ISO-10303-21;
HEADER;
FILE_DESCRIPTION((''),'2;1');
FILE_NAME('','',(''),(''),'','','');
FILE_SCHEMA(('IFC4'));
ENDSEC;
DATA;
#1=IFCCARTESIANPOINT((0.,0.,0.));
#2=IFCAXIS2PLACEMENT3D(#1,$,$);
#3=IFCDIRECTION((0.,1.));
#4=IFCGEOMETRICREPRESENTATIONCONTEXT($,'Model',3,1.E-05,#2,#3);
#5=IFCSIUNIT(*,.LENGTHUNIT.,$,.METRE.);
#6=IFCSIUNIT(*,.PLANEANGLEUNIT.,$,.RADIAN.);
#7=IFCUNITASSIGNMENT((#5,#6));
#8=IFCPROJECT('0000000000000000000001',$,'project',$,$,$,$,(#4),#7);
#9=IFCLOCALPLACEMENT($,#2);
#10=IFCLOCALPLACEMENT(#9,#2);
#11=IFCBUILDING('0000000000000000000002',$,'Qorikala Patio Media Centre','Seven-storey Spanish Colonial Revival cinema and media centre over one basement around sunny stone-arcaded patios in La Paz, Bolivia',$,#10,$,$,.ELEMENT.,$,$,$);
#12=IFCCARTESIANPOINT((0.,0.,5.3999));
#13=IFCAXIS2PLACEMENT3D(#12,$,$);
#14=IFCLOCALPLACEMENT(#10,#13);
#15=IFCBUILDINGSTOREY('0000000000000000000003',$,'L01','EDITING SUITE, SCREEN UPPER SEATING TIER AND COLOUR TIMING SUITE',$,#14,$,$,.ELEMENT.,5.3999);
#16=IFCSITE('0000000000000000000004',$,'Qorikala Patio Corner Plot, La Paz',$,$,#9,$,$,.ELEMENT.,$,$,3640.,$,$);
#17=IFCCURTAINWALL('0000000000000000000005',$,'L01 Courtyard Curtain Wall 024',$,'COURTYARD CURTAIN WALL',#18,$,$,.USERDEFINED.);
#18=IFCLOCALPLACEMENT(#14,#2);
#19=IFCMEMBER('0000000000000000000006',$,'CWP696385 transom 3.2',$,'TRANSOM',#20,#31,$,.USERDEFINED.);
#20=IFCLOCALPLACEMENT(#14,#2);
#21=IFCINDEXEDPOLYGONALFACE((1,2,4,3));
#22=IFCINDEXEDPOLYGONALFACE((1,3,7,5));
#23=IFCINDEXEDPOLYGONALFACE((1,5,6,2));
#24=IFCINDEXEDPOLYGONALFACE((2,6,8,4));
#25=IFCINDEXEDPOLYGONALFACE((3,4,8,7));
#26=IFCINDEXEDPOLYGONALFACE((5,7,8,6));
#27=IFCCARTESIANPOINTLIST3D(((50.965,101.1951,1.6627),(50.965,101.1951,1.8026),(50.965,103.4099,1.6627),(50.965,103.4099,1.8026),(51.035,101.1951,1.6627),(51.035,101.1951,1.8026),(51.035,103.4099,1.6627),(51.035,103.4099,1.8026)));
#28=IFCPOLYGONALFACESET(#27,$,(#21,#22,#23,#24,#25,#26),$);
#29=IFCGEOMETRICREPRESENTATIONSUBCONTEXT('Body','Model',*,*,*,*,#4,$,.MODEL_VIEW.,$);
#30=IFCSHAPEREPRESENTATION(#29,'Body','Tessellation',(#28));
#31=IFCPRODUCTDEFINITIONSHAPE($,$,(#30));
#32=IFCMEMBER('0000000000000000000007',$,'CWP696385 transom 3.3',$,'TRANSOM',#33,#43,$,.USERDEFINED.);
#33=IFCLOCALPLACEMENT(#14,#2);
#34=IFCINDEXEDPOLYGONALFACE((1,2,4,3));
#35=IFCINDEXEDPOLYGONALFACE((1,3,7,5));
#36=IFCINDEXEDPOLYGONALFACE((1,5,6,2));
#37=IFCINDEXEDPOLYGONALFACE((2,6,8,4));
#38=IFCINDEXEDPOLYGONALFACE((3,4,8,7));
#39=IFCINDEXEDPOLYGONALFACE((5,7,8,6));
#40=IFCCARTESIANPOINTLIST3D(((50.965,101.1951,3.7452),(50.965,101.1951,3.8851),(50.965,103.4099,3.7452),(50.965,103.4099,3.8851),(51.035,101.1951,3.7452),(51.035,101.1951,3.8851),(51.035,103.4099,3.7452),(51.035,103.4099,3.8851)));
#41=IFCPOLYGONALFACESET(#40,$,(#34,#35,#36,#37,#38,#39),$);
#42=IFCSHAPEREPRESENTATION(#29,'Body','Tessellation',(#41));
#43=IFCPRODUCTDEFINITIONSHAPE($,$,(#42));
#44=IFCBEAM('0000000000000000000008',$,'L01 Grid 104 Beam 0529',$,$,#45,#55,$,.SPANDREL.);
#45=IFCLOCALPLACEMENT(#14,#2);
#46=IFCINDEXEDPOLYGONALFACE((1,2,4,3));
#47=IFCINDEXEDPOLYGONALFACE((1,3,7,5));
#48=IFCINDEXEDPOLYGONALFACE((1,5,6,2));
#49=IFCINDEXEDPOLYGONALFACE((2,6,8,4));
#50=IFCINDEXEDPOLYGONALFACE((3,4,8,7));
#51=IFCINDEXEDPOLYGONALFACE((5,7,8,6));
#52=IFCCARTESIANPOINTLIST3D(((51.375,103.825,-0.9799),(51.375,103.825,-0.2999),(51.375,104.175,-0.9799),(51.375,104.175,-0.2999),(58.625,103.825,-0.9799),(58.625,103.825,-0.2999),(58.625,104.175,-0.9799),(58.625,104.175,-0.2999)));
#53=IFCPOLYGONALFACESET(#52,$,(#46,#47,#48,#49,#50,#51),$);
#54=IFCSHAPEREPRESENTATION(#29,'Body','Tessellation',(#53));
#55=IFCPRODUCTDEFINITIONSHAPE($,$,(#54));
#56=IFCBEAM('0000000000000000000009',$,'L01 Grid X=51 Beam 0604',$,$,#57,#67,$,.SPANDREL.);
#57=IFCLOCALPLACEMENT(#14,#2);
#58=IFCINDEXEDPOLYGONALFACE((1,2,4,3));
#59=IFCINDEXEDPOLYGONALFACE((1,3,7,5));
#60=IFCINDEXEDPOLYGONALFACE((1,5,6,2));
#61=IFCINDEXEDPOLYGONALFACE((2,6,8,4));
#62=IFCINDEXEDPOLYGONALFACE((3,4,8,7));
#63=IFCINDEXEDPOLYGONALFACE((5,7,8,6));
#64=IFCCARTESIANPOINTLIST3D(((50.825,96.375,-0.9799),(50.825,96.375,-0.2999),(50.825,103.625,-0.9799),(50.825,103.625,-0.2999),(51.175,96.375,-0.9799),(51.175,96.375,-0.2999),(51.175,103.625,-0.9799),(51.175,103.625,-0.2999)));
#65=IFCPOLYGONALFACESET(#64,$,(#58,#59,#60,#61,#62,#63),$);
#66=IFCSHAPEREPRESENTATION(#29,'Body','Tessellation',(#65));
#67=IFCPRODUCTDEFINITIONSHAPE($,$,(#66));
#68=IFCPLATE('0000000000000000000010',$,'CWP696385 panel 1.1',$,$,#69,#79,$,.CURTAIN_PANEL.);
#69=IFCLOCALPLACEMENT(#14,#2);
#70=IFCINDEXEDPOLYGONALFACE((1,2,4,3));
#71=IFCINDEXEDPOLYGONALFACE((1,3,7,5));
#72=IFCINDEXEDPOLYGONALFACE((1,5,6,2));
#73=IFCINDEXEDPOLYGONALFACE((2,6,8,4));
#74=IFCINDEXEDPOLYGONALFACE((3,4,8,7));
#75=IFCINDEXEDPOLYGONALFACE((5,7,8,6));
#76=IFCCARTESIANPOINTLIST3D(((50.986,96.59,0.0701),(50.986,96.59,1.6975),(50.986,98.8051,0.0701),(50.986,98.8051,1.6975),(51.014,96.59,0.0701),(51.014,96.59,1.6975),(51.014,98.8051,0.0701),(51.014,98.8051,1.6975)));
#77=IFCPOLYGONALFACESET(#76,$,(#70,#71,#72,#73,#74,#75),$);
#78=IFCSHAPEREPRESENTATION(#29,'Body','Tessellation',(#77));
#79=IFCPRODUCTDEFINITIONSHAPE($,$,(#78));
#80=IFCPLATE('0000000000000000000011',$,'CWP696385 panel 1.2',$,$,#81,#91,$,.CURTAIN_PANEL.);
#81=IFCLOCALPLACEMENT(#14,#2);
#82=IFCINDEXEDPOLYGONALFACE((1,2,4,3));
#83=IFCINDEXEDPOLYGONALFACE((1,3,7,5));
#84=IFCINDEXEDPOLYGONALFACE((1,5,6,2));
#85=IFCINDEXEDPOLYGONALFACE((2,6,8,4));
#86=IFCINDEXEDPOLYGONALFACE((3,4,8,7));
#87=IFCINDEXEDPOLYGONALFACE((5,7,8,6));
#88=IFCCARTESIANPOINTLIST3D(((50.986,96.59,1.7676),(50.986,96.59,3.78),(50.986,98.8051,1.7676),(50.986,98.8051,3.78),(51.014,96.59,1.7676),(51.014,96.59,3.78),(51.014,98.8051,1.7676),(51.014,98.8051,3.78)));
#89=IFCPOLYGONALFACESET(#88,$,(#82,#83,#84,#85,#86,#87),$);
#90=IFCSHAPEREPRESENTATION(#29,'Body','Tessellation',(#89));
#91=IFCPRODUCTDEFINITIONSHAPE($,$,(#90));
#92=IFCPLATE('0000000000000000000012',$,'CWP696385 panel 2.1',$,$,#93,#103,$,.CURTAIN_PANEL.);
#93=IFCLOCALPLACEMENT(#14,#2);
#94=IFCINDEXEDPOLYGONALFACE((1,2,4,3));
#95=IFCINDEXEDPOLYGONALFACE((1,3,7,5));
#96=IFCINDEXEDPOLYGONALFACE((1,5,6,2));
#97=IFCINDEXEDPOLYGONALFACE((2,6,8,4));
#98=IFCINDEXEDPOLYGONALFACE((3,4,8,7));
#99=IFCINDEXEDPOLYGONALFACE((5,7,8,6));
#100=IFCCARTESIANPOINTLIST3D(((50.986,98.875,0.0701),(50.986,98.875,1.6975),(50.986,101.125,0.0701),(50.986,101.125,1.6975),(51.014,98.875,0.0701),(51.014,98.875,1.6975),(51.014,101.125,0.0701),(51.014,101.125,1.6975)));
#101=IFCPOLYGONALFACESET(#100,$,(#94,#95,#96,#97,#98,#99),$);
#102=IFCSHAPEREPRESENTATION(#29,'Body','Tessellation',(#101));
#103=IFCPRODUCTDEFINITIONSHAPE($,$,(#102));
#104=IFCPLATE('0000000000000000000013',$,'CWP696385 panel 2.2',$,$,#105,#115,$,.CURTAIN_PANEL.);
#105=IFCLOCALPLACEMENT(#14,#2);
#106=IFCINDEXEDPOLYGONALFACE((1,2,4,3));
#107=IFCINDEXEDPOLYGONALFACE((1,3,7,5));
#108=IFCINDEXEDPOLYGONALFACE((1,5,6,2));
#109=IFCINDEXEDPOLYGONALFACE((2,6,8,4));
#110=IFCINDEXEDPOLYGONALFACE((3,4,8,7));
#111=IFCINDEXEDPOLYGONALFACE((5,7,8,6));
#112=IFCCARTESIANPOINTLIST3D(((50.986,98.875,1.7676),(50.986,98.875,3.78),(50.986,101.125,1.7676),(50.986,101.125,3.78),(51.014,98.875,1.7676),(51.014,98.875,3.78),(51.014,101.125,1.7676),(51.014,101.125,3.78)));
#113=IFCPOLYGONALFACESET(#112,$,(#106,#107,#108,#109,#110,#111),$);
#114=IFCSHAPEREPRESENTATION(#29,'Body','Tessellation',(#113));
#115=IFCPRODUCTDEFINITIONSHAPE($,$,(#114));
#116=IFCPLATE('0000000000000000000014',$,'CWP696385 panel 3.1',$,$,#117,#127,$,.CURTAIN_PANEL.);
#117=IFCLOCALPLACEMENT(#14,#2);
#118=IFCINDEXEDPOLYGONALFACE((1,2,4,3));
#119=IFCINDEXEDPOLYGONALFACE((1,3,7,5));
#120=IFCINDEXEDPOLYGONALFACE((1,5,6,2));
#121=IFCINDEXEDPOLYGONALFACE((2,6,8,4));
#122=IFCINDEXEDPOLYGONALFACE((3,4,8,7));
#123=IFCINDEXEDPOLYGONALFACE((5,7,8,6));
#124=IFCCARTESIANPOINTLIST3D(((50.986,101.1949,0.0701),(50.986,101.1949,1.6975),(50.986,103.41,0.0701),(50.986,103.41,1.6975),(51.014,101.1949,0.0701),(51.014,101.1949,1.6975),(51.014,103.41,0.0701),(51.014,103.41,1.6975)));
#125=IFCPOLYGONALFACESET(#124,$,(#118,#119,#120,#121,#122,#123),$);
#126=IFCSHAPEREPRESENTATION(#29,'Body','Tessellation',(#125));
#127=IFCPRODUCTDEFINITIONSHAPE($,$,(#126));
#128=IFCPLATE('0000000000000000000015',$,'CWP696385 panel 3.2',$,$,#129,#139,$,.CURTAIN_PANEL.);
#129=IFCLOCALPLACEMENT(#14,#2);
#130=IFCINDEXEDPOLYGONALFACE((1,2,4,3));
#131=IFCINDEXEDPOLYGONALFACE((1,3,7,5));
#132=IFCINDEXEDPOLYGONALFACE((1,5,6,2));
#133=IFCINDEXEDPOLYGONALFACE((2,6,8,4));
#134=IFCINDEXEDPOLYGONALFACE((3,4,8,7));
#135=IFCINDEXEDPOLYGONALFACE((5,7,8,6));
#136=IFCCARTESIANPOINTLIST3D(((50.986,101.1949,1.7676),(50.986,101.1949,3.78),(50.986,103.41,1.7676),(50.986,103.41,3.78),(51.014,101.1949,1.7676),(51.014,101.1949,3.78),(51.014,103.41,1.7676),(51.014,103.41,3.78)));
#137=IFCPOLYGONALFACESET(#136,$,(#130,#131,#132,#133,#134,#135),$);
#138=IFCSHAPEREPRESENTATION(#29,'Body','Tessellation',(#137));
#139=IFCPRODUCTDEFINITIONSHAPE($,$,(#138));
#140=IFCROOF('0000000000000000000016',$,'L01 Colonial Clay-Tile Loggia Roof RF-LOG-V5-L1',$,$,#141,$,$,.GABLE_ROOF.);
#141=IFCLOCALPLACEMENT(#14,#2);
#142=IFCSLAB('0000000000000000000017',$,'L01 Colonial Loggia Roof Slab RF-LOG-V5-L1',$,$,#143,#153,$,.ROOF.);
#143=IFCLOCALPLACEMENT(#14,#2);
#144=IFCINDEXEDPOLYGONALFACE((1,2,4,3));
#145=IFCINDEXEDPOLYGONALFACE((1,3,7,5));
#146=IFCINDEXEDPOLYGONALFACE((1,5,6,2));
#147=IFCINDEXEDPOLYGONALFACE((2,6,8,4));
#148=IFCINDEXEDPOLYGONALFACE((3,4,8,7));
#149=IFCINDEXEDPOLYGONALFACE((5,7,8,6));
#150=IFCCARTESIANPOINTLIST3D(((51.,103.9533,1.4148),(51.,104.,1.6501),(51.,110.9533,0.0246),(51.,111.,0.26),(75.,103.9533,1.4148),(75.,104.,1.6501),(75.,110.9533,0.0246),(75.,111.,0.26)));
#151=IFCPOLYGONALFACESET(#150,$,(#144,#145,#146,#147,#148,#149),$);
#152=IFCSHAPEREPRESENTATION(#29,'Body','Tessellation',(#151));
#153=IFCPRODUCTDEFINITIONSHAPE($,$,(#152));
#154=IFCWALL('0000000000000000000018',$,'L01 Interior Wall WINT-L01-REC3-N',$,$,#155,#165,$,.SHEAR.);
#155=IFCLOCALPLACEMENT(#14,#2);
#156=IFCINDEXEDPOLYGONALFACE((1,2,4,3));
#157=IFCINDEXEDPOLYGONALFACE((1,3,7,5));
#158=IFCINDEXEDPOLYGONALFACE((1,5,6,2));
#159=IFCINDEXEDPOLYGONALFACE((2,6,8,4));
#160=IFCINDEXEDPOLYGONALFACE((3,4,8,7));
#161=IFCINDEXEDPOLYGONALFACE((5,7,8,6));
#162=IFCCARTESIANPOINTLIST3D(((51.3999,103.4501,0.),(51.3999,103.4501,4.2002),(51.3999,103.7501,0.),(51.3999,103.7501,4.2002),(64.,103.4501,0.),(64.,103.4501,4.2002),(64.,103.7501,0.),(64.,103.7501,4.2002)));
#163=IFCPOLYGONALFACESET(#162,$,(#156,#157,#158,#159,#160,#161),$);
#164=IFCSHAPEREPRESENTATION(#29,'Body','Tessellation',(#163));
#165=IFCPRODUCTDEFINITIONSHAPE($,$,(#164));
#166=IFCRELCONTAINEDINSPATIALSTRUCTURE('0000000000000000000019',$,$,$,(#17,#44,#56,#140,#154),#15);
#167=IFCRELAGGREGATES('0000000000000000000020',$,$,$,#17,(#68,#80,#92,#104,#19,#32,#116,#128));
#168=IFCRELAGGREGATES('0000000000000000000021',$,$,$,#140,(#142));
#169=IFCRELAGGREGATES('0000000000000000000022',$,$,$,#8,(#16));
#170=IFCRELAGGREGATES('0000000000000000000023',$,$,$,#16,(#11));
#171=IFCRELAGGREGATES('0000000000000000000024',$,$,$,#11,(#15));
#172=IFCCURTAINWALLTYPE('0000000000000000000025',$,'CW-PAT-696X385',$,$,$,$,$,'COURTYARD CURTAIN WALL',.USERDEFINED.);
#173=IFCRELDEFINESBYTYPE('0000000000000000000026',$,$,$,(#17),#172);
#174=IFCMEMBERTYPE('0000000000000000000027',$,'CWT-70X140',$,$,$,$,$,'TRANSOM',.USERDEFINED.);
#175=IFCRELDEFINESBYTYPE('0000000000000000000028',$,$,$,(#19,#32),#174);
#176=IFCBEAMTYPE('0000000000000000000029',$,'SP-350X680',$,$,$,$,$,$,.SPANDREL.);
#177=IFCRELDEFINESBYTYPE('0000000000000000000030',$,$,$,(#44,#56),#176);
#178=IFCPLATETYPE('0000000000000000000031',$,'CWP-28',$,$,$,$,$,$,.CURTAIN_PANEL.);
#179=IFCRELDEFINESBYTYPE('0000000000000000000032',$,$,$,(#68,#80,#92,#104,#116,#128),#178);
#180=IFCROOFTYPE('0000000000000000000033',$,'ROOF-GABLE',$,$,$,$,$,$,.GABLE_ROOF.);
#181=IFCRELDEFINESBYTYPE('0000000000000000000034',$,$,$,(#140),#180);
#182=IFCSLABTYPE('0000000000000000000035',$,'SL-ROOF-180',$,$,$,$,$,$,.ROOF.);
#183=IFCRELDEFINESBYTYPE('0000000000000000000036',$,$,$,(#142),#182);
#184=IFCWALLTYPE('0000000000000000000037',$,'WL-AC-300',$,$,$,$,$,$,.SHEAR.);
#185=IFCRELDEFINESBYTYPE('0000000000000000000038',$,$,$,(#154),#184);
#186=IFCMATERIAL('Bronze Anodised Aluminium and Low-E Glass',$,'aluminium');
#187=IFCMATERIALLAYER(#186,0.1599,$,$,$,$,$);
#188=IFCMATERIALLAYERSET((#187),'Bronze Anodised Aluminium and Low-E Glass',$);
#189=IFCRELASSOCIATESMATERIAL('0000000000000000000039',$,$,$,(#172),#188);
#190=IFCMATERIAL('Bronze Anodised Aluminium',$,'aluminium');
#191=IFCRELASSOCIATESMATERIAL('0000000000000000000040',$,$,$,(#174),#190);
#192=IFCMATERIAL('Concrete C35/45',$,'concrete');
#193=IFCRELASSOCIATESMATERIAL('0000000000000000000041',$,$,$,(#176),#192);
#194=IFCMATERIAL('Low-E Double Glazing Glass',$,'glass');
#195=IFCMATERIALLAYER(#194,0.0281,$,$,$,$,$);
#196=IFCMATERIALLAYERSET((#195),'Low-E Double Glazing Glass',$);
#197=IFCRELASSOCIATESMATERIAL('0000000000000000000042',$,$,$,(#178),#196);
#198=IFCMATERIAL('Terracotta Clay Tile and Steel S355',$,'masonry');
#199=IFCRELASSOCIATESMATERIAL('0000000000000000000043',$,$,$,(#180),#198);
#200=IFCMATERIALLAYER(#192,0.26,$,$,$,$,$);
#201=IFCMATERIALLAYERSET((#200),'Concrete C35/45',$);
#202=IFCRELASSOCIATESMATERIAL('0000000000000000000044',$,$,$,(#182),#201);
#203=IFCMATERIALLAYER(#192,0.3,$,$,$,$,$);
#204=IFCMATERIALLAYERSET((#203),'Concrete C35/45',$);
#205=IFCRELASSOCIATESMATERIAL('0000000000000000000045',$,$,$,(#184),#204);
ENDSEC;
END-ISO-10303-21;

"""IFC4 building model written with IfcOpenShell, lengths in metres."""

from ifc_helpers import new_model, si_unit, direction, frame, frame_2d, origin, origin_2d, place, context, subcontext, project, spatial, polyline, rectangle, outline, extrude, material, layer, layer_set, material_profile, profile_set, type_object, element, aggregate, save


model = new_model("IFC4")

# Units and contexts
model_context = context("Model", 3, precision=1e-05, world=origin(), true_north=direction((0.0, 1.0)))
body_context = subcontext(model_context, "Body", "Model", "MODEL_VIEW")
ifc_project = project(units=[si_unit("LENGTHUNIT", "METRE"), si_unit("PLANEANGLEUNIT", "RADIAN")], contexts=[model_context])

# Site, building, storey
site_placement = place(None, origin())
site = spatial("IfcSite", under=ifc_project, at=site_placement, Name="Qorikala Patio Corner Plot, La Paz", CompositionType="ELEMENT", RefElevation=3640.0)
building_placement = place(site_placement, origin())
building = spatial("IfcBuilding", under=site, at=building_placement, Name="Qorikala Patio Media Centre", Description="Seven-storey Spanish Colonial Revival cinema and media centre over one basement around sunny stone-arcaded patios in La Paz, Bolivia", CompositionType="ELEMENT")
storey_placement = place(building_placement, frame((0.0, 0.0, 5.3999)))
storey = spatial("IfcBuildingStorey", under=building, at=storey_placement, Name="L01", Description="EDITING SUITE, SCREEN UPPER SEATING TIER AND COLOUR TIMING SUITE", CompositionType="ELEMENT", Elevation=5.3999)

# Shared definitions
ifc_material_1 = material(Name="Concrete C35/45", Category="concrete")

# Curtain wall, members
ifc_material_2 = material(Name="Bronze Anodised Aluminium and Low-E Glass", Category="aluminium")
ifc_layer_1 = layer(ifc_material_2, 0.1599)
ifc_layer_set_1 = layer_set([ifc_layer_1], Name="Bronze Anodised Aluminium and Low-E Glass")
curtain_wall_type = type_object("IfcCurtainWallType", Name="CW-PAT-696X385", ElementType="COURTYARD CURTAIN WALL", PredefinedType="USERDEFINED", material=ifc_layer_set_1)
curtain_wall_placement = place(storey_placement, origin())
curtain_wall = element("IfcCurtainWall", 1, at=curtain_wall_placement, inside=storey, type_object=curtain_wall_type, Name="L01 Courtyard Curtain Wall 024", ObjectType="COURTYARD CURTAIN WALL", PredefinedType="USERDEFINED")
ifc_material_3 = material(Name="Bronze Anodised Aluminium", Category="aluminium")
ifc_material_profile_1 = material_profile(ifc_material_3, rectangle(XDim=0.0701, YDim=0.1399, at=origin_2d()), Name="ALU TRANSOM 70x140")
ifc_profile_set_1 = profile_set([ifc_material_profile_1], Name="Bronze Anodised Aluminium")
member_type_1 = type_object("IfcMemberType", Name="CWT-70X140", ElementType="TRANSOM", PredefinedType="USERDEFINED", material=ifc_profile_set_1)
member_1_placement = place(storey_placement, frame((51.0, 101.1951, 1.7327), z_axis=(0.0, 1.0, 0.0), x_axis=(-1.0, 0.0, 0.0)))
member_1 = element("IfcMember", 2, at=member_1_placement, type_object=member_type_1, Name="CWP696385 transom 3.2", ObjectType="TRANSOM", PredefinedType="USERDEFINED", context=body_context, shape_type="SweptSolid", body=[
    extrude(rectangle(XDim=0.0701, YDim=0.1399, at=origin_2d()), origin(), (0.0, 0.0, 1.0), 2.2148),
])
member_2_placement = place(storey_placement, frame((51.0, 101.1951, 3.8152), z_axis=(0.0, 1.0, 0.0), x_axis=(-1.0, 0.0, 0.0)))
member_2 = element("IfcMember", 3, at=member_2_placement, type_object=member_type_1, Name="CWP696385 transom 3.3", ObjectType="TRANSOM", PredefinedType="USERDEFINED", context=body_context, shape_type="SweptSolid", body=[
    extrude(rectangle(XDim=0.0701, YDim=0.1399, at=origin_2d()), origin(), (0.0, 0.0, 1.0), 2.2148),
])

# Beams
ifc_material_profile_2 = material_profile(ifc_material_1, rectangle(XDim=0.3501, YDim=0.6799, at=origin_2d()), Name="RC 350x680")
ifc_profile_set_2 = profile_set([ifc_material_profile_2], Name="Concrete C35/45")
beam_type_1 = type_object("IfcBeamType", Name="SP-350X680", PredefinedType="SPANDREL", material=ifc_profile_set_2)
for number, where, z_axis, x_axis, name in (
    (4, (51.375, 104.0, -0.6399), (1.0, 0.0, 0.0), (0.0, 1.0, 0.0), "L01 Grid 104 Beam 0529"),
    (5, (51.0, 96.375, -0.6399), (0.0, 1.0, 0.0), (-1.0, 0.0, 0.0), "L01 Grid X=51 Beam 0604"),
):
    element("IfcBeam", number, at=place(storey_placement, frame(where, z_axis=z_axis, x_axis=x_axis)), inside=storey, type_object=beam_type_1, Name=name, PredefinedType="SPANDREL", context=body_context, shape_type="SweptSolid", body=[
        extrude(rectangle(XDim=0.3501, YDim=0.6799, at=origin_2d()), origin(), (0.0, 0.0, 1.0), 7.25),
    ])

# Plates
ifc_material_4 = material(Name="Low-E Double Glazing Glass", Category="glass")
ifc_layer_2 = layer(ifc_material_4, 0.0281)
ifc_layer_set_2 = layer_set([ifc_layer_2], Name="Low-E Double Glazing Glass")
plate_type = type_object("IfcPlateType", Name="CWP-28", PredefinedType="CURTAIN_PANEL", material=ifc_layer_set_2)
plate_1_placement = place(storey_placement, frame((51.0, 97.6975, 0.0701), z_axis=(0.0, 0.0, 1.0), x_axis=(0.0, 1.0, 0.0)))
plate_1 = element("IfcPlate", 6, at=plate_1_placement, type_object=plate_type, Name="CWP696385 panel 1.1", PredefinedType="CURTAIN_PANEL", context=body_context, shape_type="SweptSolid", body=[
    extrude(rectangle(XDim=2.2151, YDim=0.0281, at=origin_2d()), origin(), (0.0, 0.0, 1.0), 1.6274),
])
plate_2_placement = place(storey_placement, frame((51.0, 97.6975, 1.7676), z_axis=(0.0, 0.0, 1.0), x_axis=(0.0, 1.0, 0.0)))
plate_2 = element("IfcPlate", 7, at=plate_2_placement, type_object=plate_type, Name="CWP696385 panel 1.2", PredefinedType="CURTAIN_PANEL", context=body_context, shape_type="SweptSolid", body=[
    extrude(rectangle(XDim=2.2151, YDim=0.0281, at=origin_2d()), origin(), (0.0, 0.0, 1.0), 2.0125),
])
plate_3_placement = place(storey_placement, frame((51.0, 100.0, 0.0701), z_axis=(0.0, 0.0, 1.0), x_axis=(0.0, 1.0, 0.0)))
plate_3 = element("IfcPlate", 8, at=plate_3_placement, type_object=plate_type, Name="CWP696385 panel 2.1", PredefinedType="CURTAIN_PANEL", context=body_context, shape_type="SweptSolid", body=[
    extrude(rectangle(XDim=2.25, YDim=0.0281, at=origin_2d()), origin(), (0.0, 0.0, 1.0), 1.6274),
])
plate_4_placement = place(storey_placement, frame((51.0, 100.0, 1.7676), z_axis=(0.0, 0.0, 1.0), x_axis=(0.0, 1.0, 0.0)))
plate_4 = element("IfcPlate", 9, at=plate_4_placement, type_object=plate_type, Name="CWP696385 panel 2.2", PredefinedType="CURTAIN_PANEL", context=body_context, shape_type="SweptSolid", body=[
    extrude(rectangle(XDim=2.25, YDim=0.0281, at=origin_2d()), origin(), (0.0, 0.0, 1.0), 2.0125),
])
plate_5_placement = place(storey_placement, frame((51.0, 102.3025, 0.0701), z_axis=(0.0, 0.0, 1.0), x_axis=(0.0, 1.0, 0.0)))
plate_5 = element("IfcPlate", 10, at=plate_5_placement, type_object=plate_type, Name="CWP696385 panel 3.1", PredefinedType="CURTAIN_PANEL", context=body_context, shape_type="SweptSolid", body=[
    extrude(rectangle(XDim=2.2151, YDim=0.0281, at=origin_2d()), origin(), (0.0, 0.0, 1.0), 1.6274),
])
plate_6_placement = place(storey_placement, frame((51.0, 102.3025, 1.7676), z_axis=(0.0, 0.0, 1.0), x_axis=(0.0, 1.0, 0.0)))
plate_6 = element("IfcPlate", 11, at=plate_6_placement, type_object=plate_type, Name="CWP696385 panel 3.2", PredefinedType="CURTAIN_PANEL", context=body_context, shape_type="SweptSolid", body=[
    extrude(rectangle(XDim=2.2151, YDim=0.0281, at=origin_2d()), origin(), (0.0, 0.0, 1.0), 2.0125),
])
aggregate(curtain_wall, [plate_1, plate_2, plate_3, plate_4, member_1, member_2, plate_5, plate_6])

# Roof, slab
ifc_material_5 = material(Name="Terracotta Clay Tile and Steel S355", Category="masonry")
roof_type = type_object("IfcRoofType", Name="ROOF-GABLE", PredefinedType="GABLE_ROOF", material=ifc_material_5)
roof_placement = place(storey_placement, origin())
roof = element("IfcRoof", 12, at=roof_placement, inside=storey, type_object=roof_type, Name="L01 Colonial Clay-Tile Loggia Roof RF-LOG-V5-L1", PredefinedType="GABLE_ROOF")
ifc_layer_3 = layer(ifc_material_1, 0.26)
ifc_layer_set_3 = layer_set([ifc_layer_3], Name="Concrete C35/45")
slab_type = type_object("IfcSlabType", Name="SL-ROOF-180", PredefinedType="ROOF", material=ifc_layer_set_3)
slab_placement = place(storey_placement, frame((51.0, 111.0, 0.26), z_axis=(0.0, 0.194787, 0.980846), x_axis=(1.0, 0.0, 0.0)))
slab = element("IfcSlab", 13, at=slab_placement, type_object=slab_type, Name="L01 Colonial Loggia Roof Slab RF-LOG-V5-L1", PredefinedType="ROOF", context=body_context, shape_type="SweptSolid", body=[
    extrude(outline(polyline([(0.0, 0.0), (24.0, 0.0), (24.0, -7.1367), (0.0, -7.1367), (0.0, 0.0)])), origin(), (0.0, 0.0, -1.0), 0.24),
])
aggregate(roof, [slab])

# Wall
ifc_layer_4 = layer(ifc_material_1, 0.3)
ifc_layer_set_4 = layer_set([ifc_layer_4], Name="Concrete C35/45")
wall_type_1 = type_object("IfcWallType", Name="WL-AC-300", PredefinedType="SHEAR", material=ifc_layer_set_4)
wall_1_placement = place(storey_placement, frame((51.3999, 103.6001, 0.0), z_axis=(0.0, 0.0, 1.0), x_axis=(1.0, 0.0, 0.0)))
element("IfcWall", 14, at=wall_1_placement, inside=storey, type_object=wall_type_1, Name="L01 Interior Wall WINT-L01-REC3-N", PredefinedType="SHEAR", context=body_context, shape_type="SweptSolid", body=[
    extrude(rectangle(XDim=12.6001, YDim=0.3, at=frame_2d((6.3, 0.0))), origin(), (0.0, 0.0, 1.0), 4.2002),
])

save(model, "model.ifc")
